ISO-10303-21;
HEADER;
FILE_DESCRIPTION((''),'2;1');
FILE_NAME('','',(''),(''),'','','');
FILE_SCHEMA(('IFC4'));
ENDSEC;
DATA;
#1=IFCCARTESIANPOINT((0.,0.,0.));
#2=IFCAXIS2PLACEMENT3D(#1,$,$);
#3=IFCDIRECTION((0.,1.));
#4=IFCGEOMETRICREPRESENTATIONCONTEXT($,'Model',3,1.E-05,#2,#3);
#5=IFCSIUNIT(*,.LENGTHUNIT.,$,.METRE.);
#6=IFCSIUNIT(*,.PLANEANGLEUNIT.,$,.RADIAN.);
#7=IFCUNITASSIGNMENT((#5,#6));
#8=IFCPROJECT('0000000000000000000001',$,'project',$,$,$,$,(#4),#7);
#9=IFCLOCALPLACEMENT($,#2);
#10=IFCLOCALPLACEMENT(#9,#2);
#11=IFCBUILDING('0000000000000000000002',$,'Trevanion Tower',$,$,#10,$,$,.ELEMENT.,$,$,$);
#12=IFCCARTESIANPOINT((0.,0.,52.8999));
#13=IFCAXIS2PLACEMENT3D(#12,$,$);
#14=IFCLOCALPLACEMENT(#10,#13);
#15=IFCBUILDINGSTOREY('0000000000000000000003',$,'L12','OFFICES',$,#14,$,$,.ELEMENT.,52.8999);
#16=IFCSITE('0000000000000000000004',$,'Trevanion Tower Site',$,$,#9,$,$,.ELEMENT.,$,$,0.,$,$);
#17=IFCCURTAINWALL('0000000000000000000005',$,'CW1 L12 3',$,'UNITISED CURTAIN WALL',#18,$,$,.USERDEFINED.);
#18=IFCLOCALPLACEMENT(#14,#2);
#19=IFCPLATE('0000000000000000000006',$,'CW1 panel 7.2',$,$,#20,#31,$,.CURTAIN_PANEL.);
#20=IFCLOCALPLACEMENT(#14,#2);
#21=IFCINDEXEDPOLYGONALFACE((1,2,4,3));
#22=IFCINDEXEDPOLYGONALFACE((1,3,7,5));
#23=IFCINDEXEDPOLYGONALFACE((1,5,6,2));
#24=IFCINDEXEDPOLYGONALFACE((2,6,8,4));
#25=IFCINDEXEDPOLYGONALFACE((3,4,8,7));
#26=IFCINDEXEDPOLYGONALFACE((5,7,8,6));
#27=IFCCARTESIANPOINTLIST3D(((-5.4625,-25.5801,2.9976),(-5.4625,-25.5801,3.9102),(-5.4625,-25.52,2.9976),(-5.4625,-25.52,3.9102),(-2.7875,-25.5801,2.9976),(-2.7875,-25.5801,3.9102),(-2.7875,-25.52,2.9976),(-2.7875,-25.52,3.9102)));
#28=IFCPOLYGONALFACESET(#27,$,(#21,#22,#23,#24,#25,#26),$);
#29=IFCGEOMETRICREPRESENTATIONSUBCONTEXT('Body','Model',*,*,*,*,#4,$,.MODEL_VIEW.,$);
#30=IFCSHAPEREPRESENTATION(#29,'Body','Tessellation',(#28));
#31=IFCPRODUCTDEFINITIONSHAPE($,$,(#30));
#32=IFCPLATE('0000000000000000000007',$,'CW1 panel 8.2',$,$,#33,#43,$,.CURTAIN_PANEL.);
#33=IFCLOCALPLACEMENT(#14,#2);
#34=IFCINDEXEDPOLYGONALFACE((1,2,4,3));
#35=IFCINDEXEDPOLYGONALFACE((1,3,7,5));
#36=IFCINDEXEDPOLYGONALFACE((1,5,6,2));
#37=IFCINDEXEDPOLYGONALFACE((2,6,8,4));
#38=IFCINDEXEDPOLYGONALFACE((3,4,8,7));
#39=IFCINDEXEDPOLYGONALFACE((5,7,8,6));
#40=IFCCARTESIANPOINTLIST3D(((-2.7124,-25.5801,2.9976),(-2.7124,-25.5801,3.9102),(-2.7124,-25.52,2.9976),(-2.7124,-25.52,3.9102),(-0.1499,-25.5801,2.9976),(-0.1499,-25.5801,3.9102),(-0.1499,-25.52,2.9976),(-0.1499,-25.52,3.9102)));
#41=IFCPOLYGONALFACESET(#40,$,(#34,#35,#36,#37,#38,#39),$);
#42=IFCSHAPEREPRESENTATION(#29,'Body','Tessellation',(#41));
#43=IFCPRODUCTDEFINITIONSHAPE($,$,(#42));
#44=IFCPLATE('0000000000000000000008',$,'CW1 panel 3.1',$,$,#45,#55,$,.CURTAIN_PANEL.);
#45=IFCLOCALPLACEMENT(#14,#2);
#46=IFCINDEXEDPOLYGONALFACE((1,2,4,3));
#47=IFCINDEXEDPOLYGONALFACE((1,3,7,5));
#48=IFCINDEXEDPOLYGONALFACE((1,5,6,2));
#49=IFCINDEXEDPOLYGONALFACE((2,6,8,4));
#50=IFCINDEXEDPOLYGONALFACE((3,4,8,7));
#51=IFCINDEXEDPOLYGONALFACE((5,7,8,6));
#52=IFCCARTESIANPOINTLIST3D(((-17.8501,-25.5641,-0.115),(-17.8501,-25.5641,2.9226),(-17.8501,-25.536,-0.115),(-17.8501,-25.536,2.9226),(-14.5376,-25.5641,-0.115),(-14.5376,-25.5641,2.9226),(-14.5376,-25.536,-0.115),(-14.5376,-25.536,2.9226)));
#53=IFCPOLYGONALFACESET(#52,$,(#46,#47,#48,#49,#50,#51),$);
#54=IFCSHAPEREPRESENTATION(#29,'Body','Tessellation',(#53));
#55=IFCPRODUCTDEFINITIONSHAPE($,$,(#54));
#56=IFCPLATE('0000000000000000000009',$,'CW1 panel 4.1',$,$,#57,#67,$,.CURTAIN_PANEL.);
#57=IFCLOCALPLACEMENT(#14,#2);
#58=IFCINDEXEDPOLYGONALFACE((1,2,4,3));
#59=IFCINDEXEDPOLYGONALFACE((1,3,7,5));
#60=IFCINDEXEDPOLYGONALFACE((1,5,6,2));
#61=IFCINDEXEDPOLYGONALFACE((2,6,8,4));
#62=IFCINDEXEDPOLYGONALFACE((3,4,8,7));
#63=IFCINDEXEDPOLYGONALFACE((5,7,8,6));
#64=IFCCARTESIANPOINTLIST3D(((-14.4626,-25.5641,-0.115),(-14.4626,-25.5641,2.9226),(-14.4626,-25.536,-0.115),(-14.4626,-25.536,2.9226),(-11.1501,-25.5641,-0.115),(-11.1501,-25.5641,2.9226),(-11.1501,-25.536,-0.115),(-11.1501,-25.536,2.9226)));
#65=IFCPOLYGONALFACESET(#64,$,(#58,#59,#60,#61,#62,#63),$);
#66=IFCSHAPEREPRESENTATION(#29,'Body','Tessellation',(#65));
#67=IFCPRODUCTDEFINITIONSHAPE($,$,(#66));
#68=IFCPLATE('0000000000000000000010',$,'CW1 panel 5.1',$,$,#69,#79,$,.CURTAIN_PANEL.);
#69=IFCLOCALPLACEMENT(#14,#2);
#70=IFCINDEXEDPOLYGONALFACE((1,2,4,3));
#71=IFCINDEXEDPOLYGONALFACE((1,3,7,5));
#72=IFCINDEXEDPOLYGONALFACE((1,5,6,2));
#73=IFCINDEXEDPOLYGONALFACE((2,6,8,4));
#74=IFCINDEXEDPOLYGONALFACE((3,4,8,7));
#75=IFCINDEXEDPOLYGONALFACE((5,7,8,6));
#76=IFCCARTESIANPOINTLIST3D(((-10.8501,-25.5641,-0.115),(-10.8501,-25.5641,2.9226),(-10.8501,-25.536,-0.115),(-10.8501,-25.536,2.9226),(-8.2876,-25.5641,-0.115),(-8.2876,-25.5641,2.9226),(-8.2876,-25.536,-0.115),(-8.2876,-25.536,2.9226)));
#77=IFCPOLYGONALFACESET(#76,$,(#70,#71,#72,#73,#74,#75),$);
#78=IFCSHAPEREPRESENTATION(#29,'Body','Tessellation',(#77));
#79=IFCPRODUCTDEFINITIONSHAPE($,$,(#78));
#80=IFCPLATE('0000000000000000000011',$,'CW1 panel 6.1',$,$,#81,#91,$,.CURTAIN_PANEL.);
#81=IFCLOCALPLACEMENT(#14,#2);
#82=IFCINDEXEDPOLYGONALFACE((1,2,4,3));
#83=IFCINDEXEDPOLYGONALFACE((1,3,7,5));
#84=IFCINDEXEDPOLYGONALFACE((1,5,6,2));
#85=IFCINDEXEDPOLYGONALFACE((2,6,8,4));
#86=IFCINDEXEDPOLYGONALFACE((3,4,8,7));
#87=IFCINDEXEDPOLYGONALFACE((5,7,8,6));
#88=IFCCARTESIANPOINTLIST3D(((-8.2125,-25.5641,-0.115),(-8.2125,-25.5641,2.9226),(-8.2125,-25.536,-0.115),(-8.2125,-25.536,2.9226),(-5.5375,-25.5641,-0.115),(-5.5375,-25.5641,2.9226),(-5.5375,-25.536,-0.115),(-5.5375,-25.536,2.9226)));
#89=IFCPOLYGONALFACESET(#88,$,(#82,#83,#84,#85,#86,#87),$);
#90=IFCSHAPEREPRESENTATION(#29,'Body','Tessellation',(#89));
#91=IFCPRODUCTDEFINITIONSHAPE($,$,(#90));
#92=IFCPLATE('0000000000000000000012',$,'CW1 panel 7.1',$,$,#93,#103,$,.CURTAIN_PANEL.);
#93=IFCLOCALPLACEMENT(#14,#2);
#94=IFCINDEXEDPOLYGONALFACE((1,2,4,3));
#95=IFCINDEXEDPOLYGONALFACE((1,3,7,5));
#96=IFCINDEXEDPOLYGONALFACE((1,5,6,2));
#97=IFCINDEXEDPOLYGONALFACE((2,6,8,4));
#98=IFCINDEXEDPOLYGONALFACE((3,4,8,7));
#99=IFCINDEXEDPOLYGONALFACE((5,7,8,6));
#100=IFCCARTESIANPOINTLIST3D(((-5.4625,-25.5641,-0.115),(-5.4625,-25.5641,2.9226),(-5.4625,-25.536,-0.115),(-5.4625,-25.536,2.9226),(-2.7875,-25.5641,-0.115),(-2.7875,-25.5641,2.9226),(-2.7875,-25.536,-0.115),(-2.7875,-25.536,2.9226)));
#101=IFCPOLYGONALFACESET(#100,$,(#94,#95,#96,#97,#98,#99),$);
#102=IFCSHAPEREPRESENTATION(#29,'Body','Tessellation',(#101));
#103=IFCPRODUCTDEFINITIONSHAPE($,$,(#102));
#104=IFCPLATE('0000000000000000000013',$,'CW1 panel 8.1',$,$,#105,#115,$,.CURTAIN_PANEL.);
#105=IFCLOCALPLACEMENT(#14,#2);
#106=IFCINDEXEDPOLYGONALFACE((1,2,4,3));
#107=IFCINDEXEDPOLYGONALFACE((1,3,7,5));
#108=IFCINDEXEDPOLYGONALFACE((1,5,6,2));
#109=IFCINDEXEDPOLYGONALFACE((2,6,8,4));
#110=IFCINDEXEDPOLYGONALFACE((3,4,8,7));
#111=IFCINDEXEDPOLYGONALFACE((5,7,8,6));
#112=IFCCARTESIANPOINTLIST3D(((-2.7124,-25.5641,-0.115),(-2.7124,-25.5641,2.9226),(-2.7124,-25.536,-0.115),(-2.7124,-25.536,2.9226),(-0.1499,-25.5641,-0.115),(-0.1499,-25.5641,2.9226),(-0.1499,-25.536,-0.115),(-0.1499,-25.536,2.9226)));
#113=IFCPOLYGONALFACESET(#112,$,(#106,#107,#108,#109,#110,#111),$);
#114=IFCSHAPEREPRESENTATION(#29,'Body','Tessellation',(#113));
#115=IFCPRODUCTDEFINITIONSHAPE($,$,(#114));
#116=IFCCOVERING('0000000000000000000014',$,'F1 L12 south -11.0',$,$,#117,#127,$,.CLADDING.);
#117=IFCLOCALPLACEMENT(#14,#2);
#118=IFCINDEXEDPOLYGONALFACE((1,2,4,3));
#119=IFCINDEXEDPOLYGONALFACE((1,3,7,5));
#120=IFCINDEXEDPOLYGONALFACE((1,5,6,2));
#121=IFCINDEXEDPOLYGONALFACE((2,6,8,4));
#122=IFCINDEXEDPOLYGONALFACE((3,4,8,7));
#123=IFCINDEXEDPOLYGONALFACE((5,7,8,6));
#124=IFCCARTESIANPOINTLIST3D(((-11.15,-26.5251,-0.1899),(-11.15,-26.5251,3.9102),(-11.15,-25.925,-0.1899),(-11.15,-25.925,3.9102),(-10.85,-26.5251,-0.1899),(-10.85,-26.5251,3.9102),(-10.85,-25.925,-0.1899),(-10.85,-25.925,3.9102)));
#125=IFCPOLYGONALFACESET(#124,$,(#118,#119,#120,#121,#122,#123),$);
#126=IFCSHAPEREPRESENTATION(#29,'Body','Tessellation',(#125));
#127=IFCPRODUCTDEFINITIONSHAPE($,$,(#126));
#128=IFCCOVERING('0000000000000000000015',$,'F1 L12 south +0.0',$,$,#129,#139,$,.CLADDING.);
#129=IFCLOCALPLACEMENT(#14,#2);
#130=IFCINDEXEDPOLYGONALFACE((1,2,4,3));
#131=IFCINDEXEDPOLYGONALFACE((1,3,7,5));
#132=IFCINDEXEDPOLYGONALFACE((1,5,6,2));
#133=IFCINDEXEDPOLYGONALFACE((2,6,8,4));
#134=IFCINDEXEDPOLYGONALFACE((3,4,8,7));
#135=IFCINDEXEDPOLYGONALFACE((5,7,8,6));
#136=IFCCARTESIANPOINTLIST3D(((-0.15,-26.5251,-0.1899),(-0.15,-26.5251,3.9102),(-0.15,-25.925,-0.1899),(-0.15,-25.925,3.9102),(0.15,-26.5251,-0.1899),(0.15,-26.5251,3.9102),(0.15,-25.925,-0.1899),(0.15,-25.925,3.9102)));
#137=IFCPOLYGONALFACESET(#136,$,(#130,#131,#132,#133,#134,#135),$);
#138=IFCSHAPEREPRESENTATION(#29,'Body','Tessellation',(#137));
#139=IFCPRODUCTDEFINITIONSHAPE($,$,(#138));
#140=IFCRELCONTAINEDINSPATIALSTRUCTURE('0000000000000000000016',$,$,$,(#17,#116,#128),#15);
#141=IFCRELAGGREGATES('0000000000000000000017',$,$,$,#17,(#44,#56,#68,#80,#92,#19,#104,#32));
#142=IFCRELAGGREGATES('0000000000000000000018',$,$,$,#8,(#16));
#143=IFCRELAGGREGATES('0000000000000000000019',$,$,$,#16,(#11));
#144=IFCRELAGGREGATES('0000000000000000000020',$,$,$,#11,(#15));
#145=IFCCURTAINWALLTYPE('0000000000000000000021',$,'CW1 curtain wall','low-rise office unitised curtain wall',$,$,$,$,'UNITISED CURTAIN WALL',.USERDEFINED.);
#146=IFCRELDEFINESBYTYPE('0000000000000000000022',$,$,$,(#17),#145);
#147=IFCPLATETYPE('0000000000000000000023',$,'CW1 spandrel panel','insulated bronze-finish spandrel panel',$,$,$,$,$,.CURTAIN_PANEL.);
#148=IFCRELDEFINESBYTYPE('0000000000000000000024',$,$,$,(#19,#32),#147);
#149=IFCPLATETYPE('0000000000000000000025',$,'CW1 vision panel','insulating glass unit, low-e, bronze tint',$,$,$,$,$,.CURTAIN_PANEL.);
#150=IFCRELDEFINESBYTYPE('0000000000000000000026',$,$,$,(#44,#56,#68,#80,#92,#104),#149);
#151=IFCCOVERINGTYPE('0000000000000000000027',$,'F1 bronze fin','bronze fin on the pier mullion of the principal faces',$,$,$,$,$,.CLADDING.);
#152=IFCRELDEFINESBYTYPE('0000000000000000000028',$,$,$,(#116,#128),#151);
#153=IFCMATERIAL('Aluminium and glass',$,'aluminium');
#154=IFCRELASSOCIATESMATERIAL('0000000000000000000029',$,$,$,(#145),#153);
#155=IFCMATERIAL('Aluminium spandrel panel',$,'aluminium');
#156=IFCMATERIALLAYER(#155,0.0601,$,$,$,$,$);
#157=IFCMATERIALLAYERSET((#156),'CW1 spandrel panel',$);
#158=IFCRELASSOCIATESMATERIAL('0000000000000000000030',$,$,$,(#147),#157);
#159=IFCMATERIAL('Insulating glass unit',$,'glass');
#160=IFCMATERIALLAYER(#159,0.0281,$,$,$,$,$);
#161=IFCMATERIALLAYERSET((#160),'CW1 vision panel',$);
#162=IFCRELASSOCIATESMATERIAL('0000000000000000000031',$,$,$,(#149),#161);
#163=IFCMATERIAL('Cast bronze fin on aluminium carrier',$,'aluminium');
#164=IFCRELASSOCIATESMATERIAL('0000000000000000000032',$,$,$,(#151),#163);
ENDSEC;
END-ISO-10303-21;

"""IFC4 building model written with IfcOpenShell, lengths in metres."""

from ifc_helpers import new_model, si_unit, direction, frame, origin, origin_2d, place, context, subcontext, project, spatial, rectangle, extrude, material, layer, layer_set, type_object, element, aggregate, save


model = new_model("IFC4")

# Units and contexts
model_context = context("Model", 3, precision=1e-05, world=origin(), true_north=direction((0.0, 1.0)))
body_context = subcontext(model_context, "Body", "Model", "MODEL_VIEW")
ifc_project = project(units=[si_unit("LENGTHUNIT", "METRE"), si_unit("PLANEANGLEUNIT", "RADIAN")], contexts=[model_context])

# Site, building, storey
site_placement = place(None, origin())
site = spatial("IfcSite", under=ifc_project, at=site_placement, Name="Trevanion Tower Site", CompositionType="ELEMENT", RefElevation=0.0)
building_placement = place(site_placement, origin())
building = spatial("IfcBuilding", under=site, at=building_placement, Name="Trevanion Tower", CompositionType="ELEMENT")
storey_placement = place(building_placement, frame((0.0, 0.0, 52.8999)))
storey = spatial("IfcBuildingStorey", under=building, at=storey_placement, Name="L12", Description="OFFICES", CompositionType="ELEMENT", Elevation=52.8999)

# Curtain wall
ifc_material_1 = material(Name="Aluminium and glass", Category="aluminium")
curtain_wall_type = type_object("IfcCurtainWallType", Name="CW1 curtain wall", Description="low-rise office unitised curtain wall", ElementType="UNITISED CURTAIN WALL", PredefinedType="USERDEFINED", material=ifc_material_1)
curtain_wall_placement = place(storey_placement, origin())
curtain_wall = element("IfcCurtainWall", 1, at=curtain_wall_placement, inside=storey, type_object=curtain_wall_type, Name="CW1 L12 3", ObjectType="UNITISED CURTAIN WALL", PredefinedType="USERDEFINED")

# Plates
ifc_material_2 = material(Name="Aluminium spandrel panel", Category="aluminium")
ifc_layer_1 = layer(ifc_material_2, 0.0601)
ifc_layer_set_1 = layer_set([ifc_layer_1], Name="CW1 spandrel panel")
plate_type_1 = type_object("IfcPlateType", Name="CW1 spandrel panel", Description="insulated bronze-finish spandrel panel", PredefinedType="CURTAIN_PANEL", material=ifc_layer_set_1)
plate_1_placement = place(storey_placement, frame((-4.125, -25.55, 2.9976), z_axis=(0.0, 0.0, 1.0), x_axis=(1.0, 0.0, 0.0)))
plate_1 = element("IfcPlate", 2, at=plate_1_placement, type_object=plate_type_1, Name="CW1 panel 7.2", PredefinedType="CURTAIN_PANEL", context=body_context, shape_type="SweptSolid", body=[
    extrude(rectangle(XDim=2.675, YDim=0.0601, at=origin_2d()), origin(), (0.0, 0.0, 1.0), 0.9126),
])
plate_2_placement = place(storey_placement, frame((-1.4312, -25.55, 2.9976), z_axis=(0.0, 0.0, 1.0), x_axis=(1.0, 0.0, 0.0)))
plate_2 = element("IfcPlate", 3, at=plate_2_placement, type_object=plate_type_1, Name="CW1 panel 8.2", PredefinedType="CURTAIN_PANEL", context=body_context, shape_type="SweptSolid", body=[
    extrude(rectangle(XDim=2.5625, YDim=0.0601, at=origin_2d()), origin(), (0.0, 0.0, 1.0), 0.9126),
])
ifc_material_3 = material(Name="Insulating glass unit", Category="glass")
ifc_layer_2 = layer(ifc_material_3, 0.0281)
ifc_layer_set_2 = layer_set([ifc_layer_2], Name="CW1 vision panel")
plate_type_2 = type_object("IfcPlateType", Name="CW1 vision panel", Description="insulating glass unit, low-e, bronze tint", PredefinedType="CURTAIN_PANEL", material=ifc_layer_set_2)
plate_3_placement = place(storey_placement, frame((-16.1938, -25.55, -0.115), z_axis=(0.0, 0.0, 1.0), x_axis=(1.0, 0.0, 0.0)))
plate_3 = element("IfcPlate", 4, at=plate_3_placement, type_object=plate_type_2, Name="CW1 panel 3.1", PredefinedType="CURTAIN_PANEL", context=body_context, shape_type="SweptSolid", body=[
    extrude(rectangle(XDim=3.3125, YDim=0.0281, at=origin_2d()), origin(), (0.0, 0.0, 1.0), 3.0376),
])
plate_4_placement = place(storey_placement, frame((-12.8064, -25.55, -0.115), z_axis=(0.0, 0.0, 1.0), x_axis=(1.0, 0.0, 0.0)))
plate_4 = element("IfcPlate", 5, at=plate_4_placement, type_object=plate_type_2, Name="CW1 panel 4.1", PredefinedType="CURTAIN_PANEL", context=body_context, shape_type="SweptSolid", body=[
    extrude(rectangle(XDim=3.3125, YDim=0.0281, at=origin_2d()), origin(), (0.0, 0.0, 1.0), 3.0376),
])
plate_5_placement = place(storey_placement, frame((-9.5688, -25.55, -0.115), z_axis=(0.0, 0.0, 1.0), x_axis=(1.0, 0.0, 0.0)))
plate_5 = element("IfcPlate", 6, at=plate_5_placement, type_object=plate_type_2, Name="CW1 panel 5.1", PredefinedType="CURTAIN_PANEL", context=body_context, shape_type="SweptSolid", body=[
    extrude(rectangle(XDim=2.5625, YDim=0.0281, at=origin_2d()), origin(), (0.0, 0.0, 1.0), 3.0376),
])
plate_6_placement = place(storey_placement, frame((-6.875, -25.55, -0.115), z_axis=(0.0, 0.0, 1.0), x_axis=(1.0, 0.0, 0.0)))
plate_6 = element("IfcPlate", 7, at=plate_6_placement, type_object=plate_type_2, Name="CW1 panel 6.1", PredefinedType="CURTAIN_PANEL", context=body_context, shape_type="SweptSolid", body=[
    extrude(rectangle(XDim=2.675, YDim=0.0281, at=origin_2d()), origin(), (0.0, 0.0, 1.0), 3.0376),
])
plate_7_placement = place(storey_placement, frame((-4.125, -25.55, -0.115), z_axis=(0.0, 0.0, 1.0), x_axis=(1.0, 0.0, 0.0)))
plate_7 = element("IfcPlate", 8, at=plate_7_placement, type_object=plate_type_2, Name="CW1 panel 7.1", PredefinedType="CURTAIN_PANEL", context=body_context, shape_type="SweptSolid", body=[
    extrude(rectangle(XDim=2.675, YDim=0.0281, at=origin_2d()), origin(), (0.0, 0.0, 1.0), 3.0376),
])
plate_8_placement = place(storey_placement, frame((-1.4312, -25.55, -0.115), z_axis=(0.0, 0.0, 1.0), x_axis=(1.0, 0.0, 0.0)))
plate_8 = element("IfcPlate", 9, at=plate_8_placement, type_object=plate_type_2, Name="CW1 panel 8.1", PredefinedType="CURTAIN_PANEL", context=body_context, shape_type="SweptSolid", body=[
    extrude(rectangle(XDim=2.5625, YDim=0.0281, at=origin_2d()), origin(), (0.0, 0.0, 1.0), 3.0376),
])
aggregate(curtain_wall, [plate_3, plate_4, plate_5, plate_6, plate_7, plate_1, plate_8, plate_2])

# Coverings
ifc_material_4 = material(Name="Cast bronze fin on aluminium carrier", Category="aluminium")
covering_type = type_object("IfcCoveringType", Name="F1 bronze fin", Description="bronze fin on the pier mullion of the principal faces", PredefinedType="CLADDING", material=ifc_material_4)
for number, where, z_axis, x_axis, name in (
    (10, (-11.0, -26.2251, -0.1899), (0.0, 0.0, 1.0), (1.0, 0.0, 0.0), "F1 L12 south -11.0"),
    (11, (0.0, -26.2251, -0.1899), (0.0, 0.0, 1.0), (1.0, 0.0, 0.0), "F1 L12 south +0.0"),
):
    element("IfcCovering", number, at=place(storey_placement, frame(where, z_axis=z_axis, x_axis=x_axis)), inside=storey, type_object=covering_type, Name=name, PredefinedType="CLADDING", context=body_context, shape_type="SweptSolid", body=[
        extrude(rectangle(XDim=0.3, YDim=0.6001, at=origin_2d()), origin(), (0.0, 0.0, 1.0), 4.1001),
    ])

save(model, "model.ifc")
